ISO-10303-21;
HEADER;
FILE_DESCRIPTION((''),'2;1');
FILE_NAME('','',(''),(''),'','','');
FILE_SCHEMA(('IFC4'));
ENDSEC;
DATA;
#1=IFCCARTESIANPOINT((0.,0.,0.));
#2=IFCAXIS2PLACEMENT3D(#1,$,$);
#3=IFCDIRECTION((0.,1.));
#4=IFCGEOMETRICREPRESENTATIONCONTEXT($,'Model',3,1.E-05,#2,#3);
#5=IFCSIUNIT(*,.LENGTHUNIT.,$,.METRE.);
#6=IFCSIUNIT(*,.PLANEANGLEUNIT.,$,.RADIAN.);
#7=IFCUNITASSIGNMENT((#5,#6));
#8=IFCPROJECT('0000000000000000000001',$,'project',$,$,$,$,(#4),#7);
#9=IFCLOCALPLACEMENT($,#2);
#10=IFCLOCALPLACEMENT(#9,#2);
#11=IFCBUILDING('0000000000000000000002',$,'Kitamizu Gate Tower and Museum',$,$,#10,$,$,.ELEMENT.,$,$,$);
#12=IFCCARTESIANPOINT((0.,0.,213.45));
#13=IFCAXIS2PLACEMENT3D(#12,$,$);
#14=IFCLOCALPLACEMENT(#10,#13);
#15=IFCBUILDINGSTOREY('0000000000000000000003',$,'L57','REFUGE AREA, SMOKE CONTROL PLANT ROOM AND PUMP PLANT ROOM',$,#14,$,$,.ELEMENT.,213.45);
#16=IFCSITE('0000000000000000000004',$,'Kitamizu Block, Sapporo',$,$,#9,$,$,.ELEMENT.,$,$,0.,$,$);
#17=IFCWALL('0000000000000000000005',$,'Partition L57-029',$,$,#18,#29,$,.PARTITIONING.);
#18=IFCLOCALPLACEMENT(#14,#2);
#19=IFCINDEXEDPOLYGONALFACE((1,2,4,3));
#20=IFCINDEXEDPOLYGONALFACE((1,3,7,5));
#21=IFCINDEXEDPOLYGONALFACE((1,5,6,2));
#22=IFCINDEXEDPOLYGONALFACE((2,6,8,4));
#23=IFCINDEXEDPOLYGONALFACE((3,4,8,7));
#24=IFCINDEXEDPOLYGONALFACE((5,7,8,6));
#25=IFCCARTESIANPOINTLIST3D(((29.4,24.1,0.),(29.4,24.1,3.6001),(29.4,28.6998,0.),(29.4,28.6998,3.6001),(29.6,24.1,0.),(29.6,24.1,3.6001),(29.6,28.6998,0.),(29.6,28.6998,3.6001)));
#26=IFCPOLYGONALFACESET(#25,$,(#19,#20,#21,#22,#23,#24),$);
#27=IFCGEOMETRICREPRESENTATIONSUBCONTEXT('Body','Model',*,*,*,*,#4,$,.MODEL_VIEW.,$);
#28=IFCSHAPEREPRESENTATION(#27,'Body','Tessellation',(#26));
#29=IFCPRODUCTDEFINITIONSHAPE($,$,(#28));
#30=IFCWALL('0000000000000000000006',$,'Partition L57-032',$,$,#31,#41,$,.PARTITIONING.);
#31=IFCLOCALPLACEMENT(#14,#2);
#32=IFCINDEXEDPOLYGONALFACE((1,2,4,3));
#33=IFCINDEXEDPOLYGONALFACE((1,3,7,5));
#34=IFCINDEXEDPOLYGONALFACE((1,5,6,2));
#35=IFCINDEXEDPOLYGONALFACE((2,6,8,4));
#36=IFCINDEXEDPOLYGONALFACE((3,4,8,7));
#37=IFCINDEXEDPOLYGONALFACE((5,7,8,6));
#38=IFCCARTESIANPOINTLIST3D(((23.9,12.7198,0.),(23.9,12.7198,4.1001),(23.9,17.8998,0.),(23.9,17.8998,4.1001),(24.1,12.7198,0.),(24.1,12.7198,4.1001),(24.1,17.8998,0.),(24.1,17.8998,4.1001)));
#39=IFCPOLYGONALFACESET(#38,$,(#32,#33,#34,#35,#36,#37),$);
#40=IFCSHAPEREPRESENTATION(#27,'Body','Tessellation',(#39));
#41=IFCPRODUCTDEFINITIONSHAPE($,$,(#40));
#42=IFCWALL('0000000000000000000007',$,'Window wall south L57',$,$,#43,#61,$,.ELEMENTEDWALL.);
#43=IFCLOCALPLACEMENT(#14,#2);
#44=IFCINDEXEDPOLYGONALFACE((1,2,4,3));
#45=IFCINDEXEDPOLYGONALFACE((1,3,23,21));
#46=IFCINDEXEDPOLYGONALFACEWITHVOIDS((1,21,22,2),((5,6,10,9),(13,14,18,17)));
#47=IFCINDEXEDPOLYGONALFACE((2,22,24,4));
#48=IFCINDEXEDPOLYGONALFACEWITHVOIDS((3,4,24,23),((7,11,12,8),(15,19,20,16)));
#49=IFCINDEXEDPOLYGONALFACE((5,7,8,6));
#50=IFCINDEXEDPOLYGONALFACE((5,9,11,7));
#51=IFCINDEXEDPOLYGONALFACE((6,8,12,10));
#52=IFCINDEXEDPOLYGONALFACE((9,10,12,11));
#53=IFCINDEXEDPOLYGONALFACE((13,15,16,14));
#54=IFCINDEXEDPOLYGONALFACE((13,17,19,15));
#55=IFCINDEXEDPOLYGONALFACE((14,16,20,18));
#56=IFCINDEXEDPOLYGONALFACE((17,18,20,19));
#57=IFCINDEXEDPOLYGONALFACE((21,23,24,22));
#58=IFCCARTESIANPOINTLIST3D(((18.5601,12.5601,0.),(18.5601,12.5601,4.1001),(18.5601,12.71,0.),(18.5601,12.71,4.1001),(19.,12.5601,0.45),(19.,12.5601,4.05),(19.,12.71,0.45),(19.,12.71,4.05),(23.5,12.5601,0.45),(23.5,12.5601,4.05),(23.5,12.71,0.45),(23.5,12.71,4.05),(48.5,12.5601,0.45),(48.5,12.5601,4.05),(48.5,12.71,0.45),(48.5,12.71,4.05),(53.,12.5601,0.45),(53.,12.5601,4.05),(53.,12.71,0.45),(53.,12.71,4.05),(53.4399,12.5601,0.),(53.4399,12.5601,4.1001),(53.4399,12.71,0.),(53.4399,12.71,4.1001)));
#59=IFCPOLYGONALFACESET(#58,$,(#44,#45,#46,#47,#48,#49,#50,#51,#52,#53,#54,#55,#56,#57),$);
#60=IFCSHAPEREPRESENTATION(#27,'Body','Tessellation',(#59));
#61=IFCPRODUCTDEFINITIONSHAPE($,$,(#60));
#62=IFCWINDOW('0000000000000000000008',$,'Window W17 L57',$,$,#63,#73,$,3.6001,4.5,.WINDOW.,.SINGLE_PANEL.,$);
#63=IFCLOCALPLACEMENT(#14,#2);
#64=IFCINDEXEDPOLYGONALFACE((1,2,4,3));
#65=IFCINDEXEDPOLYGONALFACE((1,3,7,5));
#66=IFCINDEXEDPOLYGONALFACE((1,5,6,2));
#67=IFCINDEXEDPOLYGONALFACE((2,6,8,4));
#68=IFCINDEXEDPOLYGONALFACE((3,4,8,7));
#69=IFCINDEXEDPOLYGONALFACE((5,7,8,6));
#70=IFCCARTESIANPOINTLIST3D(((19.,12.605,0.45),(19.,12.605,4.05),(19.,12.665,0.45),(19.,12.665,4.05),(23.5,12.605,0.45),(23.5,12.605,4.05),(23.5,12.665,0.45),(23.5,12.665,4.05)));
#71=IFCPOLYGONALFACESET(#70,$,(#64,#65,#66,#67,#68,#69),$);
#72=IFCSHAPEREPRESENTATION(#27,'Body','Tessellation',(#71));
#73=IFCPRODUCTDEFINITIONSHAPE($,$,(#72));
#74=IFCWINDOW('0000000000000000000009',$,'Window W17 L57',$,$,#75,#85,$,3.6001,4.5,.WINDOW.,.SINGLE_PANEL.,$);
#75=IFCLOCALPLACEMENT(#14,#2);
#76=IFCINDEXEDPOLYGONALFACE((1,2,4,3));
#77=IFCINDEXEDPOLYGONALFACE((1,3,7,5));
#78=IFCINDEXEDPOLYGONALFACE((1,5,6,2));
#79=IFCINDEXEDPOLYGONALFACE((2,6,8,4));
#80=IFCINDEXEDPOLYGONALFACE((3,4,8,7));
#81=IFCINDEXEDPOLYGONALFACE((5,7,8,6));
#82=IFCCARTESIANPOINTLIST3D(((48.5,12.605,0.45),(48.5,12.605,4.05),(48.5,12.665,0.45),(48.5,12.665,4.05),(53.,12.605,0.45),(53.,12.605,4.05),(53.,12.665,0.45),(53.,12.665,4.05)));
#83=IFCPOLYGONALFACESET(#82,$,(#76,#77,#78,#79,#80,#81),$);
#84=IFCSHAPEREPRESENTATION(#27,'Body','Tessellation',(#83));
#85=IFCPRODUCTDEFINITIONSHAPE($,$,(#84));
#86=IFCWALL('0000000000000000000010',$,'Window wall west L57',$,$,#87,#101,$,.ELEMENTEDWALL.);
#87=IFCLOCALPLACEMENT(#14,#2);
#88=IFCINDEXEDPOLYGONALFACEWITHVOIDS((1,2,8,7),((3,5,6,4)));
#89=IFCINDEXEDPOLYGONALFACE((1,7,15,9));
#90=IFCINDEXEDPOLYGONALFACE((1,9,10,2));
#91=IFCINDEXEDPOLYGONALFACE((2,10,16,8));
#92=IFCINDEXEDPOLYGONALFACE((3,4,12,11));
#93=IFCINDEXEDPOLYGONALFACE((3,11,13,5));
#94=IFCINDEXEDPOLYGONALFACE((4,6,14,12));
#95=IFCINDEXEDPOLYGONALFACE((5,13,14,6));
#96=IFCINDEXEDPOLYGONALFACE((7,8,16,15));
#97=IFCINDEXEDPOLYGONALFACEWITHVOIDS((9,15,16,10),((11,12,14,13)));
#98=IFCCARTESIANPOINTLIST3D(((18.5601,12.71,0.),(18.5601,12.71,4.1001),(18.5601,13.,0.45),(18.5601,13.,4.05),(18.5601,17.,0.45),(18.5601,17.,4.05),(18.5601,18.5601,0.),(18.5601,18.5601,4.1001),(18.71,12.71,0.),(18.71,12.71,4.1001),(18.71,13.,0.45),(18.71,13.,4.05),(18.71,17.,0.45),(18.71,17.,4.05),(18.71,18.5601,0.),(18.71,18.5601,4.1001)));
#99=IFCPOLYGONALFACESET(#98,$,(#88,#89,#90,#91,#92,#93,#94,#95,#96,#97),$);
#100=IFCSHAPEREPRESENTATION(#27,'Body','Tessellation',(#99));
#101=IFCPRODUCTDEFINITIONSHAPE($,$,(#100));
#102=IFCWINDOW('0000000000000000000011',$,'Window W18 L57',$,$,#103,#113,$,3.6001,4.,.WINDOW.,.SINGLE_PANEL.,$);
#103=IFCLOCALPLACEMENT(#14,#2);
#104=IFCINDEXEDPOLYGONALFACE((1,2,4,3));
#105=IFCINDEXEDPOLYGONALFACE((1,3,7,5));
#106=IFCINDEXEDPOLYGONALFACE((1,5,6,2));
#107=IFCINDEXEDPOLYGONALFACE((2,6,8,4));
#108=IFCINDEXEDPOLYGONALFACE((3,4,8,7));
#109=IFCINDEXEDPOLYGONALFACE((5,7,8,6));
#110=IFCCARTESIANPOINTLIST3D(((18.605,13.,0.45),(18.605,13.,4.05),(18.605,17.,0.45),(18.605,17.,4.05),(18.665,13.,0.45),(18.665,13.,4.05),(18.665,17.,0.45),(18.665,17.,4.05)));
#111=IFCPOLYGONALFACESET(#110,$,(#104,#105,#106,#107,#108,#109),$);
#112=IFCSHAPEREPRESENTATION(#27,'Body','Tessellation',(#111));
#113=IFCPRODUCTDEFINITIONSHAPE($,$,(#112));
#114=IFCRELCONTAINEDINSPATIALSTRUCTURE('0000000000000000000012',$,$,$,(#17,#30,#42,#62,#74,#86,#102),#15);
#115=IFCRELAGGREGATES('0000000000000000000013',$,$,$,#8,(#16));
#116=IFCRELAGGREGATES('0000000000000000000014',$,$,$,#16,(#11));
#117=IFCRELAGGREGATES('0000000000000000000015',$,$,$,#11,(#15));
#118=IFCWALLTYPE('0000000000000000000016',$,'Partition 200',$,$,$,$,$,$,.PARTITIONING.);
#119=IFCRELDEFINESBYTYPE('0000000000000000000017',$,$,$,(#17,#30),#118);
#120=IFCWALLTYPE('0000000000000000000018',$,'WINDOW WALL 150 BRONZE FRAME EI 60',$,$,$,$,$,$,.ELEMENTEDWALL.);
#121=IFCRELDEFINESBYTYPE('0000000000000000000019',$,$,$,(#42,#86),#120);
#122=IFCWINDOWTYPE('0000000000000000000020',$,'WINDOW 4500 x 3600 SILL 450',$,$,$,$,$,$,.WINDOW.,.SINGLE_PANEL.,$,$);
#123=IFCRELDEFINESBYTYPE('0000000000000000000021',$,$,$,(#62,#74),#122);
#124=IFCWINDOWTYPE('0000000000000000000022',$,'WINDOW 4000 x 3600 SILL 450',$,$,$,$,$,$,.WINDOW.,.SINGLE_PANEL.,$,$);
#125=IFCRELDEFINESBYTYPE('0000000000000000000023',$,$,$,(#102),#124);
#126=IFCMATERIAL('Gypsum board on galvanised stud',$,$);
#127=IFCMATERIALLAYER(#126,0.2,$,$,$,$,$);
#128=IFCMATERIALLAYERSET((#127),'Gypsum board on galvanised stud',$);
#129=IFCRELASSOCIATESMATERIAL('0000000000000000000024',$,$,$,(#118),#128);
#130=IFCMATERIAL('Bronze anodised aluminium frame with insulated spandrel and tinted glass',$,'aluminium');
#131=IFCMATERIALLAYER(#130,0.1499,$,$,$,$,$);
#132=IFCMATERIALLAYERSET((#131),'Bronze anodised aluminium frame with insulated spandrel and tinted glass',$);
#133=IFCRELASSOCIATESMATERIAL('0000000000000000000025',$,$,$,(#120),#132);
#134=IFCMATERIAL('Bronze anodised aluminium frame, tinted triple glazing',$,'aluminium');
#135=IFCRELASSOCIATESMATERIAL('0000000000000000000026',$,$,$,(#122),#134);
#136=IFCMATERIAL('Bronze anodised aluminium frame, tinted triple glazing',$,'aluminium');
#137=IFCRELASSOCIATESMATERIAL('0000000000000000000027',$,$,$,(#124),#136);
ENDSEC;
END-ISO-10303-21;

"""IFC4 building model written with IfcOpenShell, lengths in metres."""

from ifc_helpers import new_model, si_unit, direction, frame, frame_2d, origin, place, context, subcontext, project, spatial, rectangle, extrude, material, layer, layer_set, type_object, element, fill, save


model = new_model("IFC4")

# Units and contexts
model_context = context("Model", 3, precision=1e-05, world=origin(), true_north=direction((0.0, 1.0)))
body_context = subcontext(model_context, "Body", "Model", "MODEL_VIEW")
ifc_project = project(units=[si_unit("LENGTHUNIT", "METRE"), si_unit("PLANEANGLEUNIT", "RADIAN")], contexts=[model_context])

# Site, building, storey
site_placement = place(None, origin())
site = spatial("IfcSite", under=ifc_project, at=site_placement, Name="Kitamizu Block, Sapporo", CompositionType="ELEMENT", RefElevation=0.0)
building_placement = place(site_placement, origin())
building = spatial("IfcBuilding", under=site, at=building_placement, Name="Kitamizu Gate Tower and Museum", CompositionType="ELEMENT")
storey_placement = place(building_placement, frame((0.0, 0.0, 213.45)))
storey = spatial("IfcBuildingStorey", under=building, at=storey_placement, Name="L57", Description="REFUGE AREA, SMOKE CONTROL PLANT ROOM AND PUMP PLANT ROOM", CompositionType="ELEMENT", Elevation=213.45)

# Shared definitions
ifc_material_1 = material(Name="Gypsum board on galvanised stud")
ifc_layer_1 = layer(ifc_material_1, 0.2)
ifc_layer_set_1 = layer_set([ifc_layer_1], Name="Gypsum board on galvanised stud")
wall_type_1 = type_object("IfcWallType", Name="Partition 200", PredefinedType="PARTITIONING", material=ifc_layer_set_1)

# Walls
wall_1_placement = place(storey_placement, frame((29.5, 24.1001, 0.0), z_axis=(0.0, 0.0, 1.0), x_axis=(0.0, 1.0, 0.0)))
element("IfcWall", 1, at=wall_1_placement, inside=storey, type_object=wall_type_1, Name="Partition L57-029", PredefinedType="PARTITIONING", context=body_context, shape_type="SweptSolid", body=[
    extrude(rectangle(XDim=4.5999, YDim=0.2, at=frame_2d((2.2998, 0.0))), origin(), (0.0, 0.0, 1.0), 3.6001),
])
wall_2_placement = place(storey_placement, frame((24.0, 12.72, 0.0), z_axis=(0.0, 0.0, 1.0), x_axis=(0.0, 1.0, 0.0)))
element("IfcWall", 2, at=wall_2_placement, inside=storey, type_object=wall_type_1, Name="Partition L57-032", PredefinedType="PARTITIONING", context=body_context, shape_type="SweptSolid", body=[
    extrude(rectangle(XDim=5.1799, YDim=0.2, at=frame_2d((2.5898, 0.0))), origin(), (0.0, 0.0, 1.0), 4.1001),
])

# Wall, openings, windows
ifc_material_2 = material(Name="Bronze anodised aluminium frame with insulated spandrel and tinted glass", Category="aluminium")
ifc_layer_2 = layer(ifc_material_2, 0.1499)
ifc_layer_set_2 = layer_set([ifc_layer_2], Name="Bronze anodised aluminium frame with insulated spandrel and tinted glass")
wall_type_2 = type_object("IfcWallType", Name="WINDOW WALL 150 BRONZE FRAME EI 60", PredefinedType="ELEMENTEDWALL", material=ifc_layer_set_2)
wall_3_placement = place(storey_placement, frame((18.5601, 12.635, 0.0), z_axis=(0.0, 0.0, 1.0), x_axis=(1.0, 0.0, 0.0)))
wall_3 = element("IfcWall", 3, at=wall_3_placement, inside=storey, type_object=wall_type_2, Name="Window wall south L57", PredefinedType="ELEMENTEDWALL", context=body_context, shape_type="SweptSolid", body=[
    extrude(rectangle(XDim=34.8799, YDim=0.1499, at=frame_2d((17.4399, 0.0))), origin(), (0.0, 0.0, 1.0), 4.1001),
])
opening_1_placement = place(wall_3_placement, frame((0.4399, 0.0, 0.45)))
opening_1 = element("IfcOpeningElement", 4, at=opening_1_placement, cuts=wall_3, PredefinedType="OPENING", context=body_context, shape_type="SweptSolid", body=[
    extrude(rectangle(XDim=4.5, YDim=3.6001, at=frame_2d((2.25, 1.8))), frame((0.0, 0.085, 0.0), z_axis=(0.0, -1.0, 0.0), x_axis=(1.0, 0.0, 0.0)), (0.0, 0.0, 1.0), 0.1699),
])
opening_2_placement = place(wall_3_placement, frame((29.9399, 0.0, 0.45)))
opening_2 = element("IfcOpeningElement", 5, at=opening_2_placement, cuts=wall_3, PredefinedType="OPENING", context=body_context, shape_type="SweptSolid", body=[
    extrude(rectangle(XDim=4.5, YDim=3.6001, at=frame_2d((2.25, 1.8))), frame((0.0, 0.085, 0.0), z_axis=(0.0, -1.0, 0.0), x_axis=(1.0, 0.0, 0.0)), (0.0, 0.0, 1.0), 0.1699),
])
ifc_material_3 = material(Name="Bronze anodised aluminium frame, tinted triple glazing", Category="aluminium")
window_type_1 = type_object("IfcWindowType", Name="WINDOW 4500 x 3600 SILL 450", PartitioningType="SINGLE_PANEL", PredefinedType="WINDOW", material=ifc_material_3)
window_1_placement = place(opening_1_placement, origin())
window_1 = element("IfcWindow", 6, at=window_1_placement, inside=storey, type_object=window_type_1, Name="Window W17 L57", OverallHeight=3.6001, OverallWidth=4.5, PartitioningType="SINGLE_PANEL", PredefinedType="WINDOW", context=body_context, shape_type="SweptSolid", body=[
    extrude(rectangle(XDim=4.5, YDim=3.6001, at=frame_2d((2.25, 1.8))), frame((0.0, 0.03, 0.0), z_axis=(0.0, -1.0, 0.0), x_axis=(1.0, 0.0, 0.0)), (0.0, 0.0, 1.0), 0.0601),
])
fill(opening_1, window_1)
window_2_placement = place(opening_2_placement, origin())
window_2 = element("IfcWindow", 7, at=window_2_placement, inside=storey, type_object=window_type_1, Name="Window W17 L57", OverallHeight=3.6001, OverallWidth=4.5, PartitioningType="SINGLE_PANEL", PredefinedType="WINDOW", context=body_context, shape_type="SweptSolid", body=[
    extrude(rectangle(XDim=4.5, YDim=3.6001, at=frame_2d((2.25, 1.8))), frame((0.0, 0.03, 0.0), z_axis=(0.0, -1.0, 0.0), x_axis=(1.0, 0.0, 0.0)), (0.0, 0.0, 1.0), 0.0601),
])
fill(opening_2, window_2)

# Wall, opening, window
wall_4_placement = place(storey_placement, frame((18.635, 12.71, 0.0), z_axis=(0.0, 0.0, 1.0), x_axis=(0.0, 1.0, 0.0)))
wall_4 = element("IfcWall", 8, at=wall_4_placement, inside=storey, type_object=wall_type_2, Name="Window wall west L57", PredefinedType="ELEMENTEDWALL", context=body_context, shape_type="SweptSolid", body=[
    extrude(rectangle(XDim=5.8501, YDim=0.1499, at=frame_2d((2.925, 0.0))), origin(), (0.0, 0.0, 1.0), 4.1001),
])
opening_3_placement = place(wall_4_placement, frame((0.29, 0.0, 0.45)))
opening_3 = element("IfcOpeningElement", 9, at=opening_3_placement, cuts=wall_4, PredefinedType="OPENING", context=body_context, shape_type="SweptSolid", body=[
    extrude(rectangle(XDim=4.0, YDim=3.6001, at=frame_2d((2.0, 1.8))), frame((0.0, 0.085, 0.0), z_axis=(0.0, -1.0, 0.0), x_axis=(1.0, 0.0, 0.0)), (0.0, 0.0, 1.0), 0.1699),
])
ifc_material_4 = material(Name="Bronze anodised aluminium frame, tinted triple glazing", Category="aluminium")
window_type_2 = type_object("IfcWindowType", Name="WINDOW 4000 x 3600 SILL 450", PartitioningType="SINGLE_PANEL", PredefinedType="WINDOW", material=ifc_material_4)
window_3_placement = place(opening_3_placement, origin())
window_3 = element("IfcWindow", 10, at=window_3_placement, inside=storey, type_object=window_type_2, Name="Window W18 L57", OverallHeight=3.6001, OverallWidth=4.0, PartitioningType="SINGLE_PANEL", PredefinedType="WINDOW", context=body_context, shape_type="SweptSolid", body=[
    extrude(rectangle(XDim=4.0, YDim=3.6001, at=frame_2d((2.0, 1.8))), frame((0.0, 0.03, 0.0), z_axis=(0.0, -1.0, 0.0), x_axis=(1.0, 0.0, 0.0)), (0.0, 0.0, 1.0), 0.0601),
])
fill(opening_3, window_3)

save(model, "model.ifc")
